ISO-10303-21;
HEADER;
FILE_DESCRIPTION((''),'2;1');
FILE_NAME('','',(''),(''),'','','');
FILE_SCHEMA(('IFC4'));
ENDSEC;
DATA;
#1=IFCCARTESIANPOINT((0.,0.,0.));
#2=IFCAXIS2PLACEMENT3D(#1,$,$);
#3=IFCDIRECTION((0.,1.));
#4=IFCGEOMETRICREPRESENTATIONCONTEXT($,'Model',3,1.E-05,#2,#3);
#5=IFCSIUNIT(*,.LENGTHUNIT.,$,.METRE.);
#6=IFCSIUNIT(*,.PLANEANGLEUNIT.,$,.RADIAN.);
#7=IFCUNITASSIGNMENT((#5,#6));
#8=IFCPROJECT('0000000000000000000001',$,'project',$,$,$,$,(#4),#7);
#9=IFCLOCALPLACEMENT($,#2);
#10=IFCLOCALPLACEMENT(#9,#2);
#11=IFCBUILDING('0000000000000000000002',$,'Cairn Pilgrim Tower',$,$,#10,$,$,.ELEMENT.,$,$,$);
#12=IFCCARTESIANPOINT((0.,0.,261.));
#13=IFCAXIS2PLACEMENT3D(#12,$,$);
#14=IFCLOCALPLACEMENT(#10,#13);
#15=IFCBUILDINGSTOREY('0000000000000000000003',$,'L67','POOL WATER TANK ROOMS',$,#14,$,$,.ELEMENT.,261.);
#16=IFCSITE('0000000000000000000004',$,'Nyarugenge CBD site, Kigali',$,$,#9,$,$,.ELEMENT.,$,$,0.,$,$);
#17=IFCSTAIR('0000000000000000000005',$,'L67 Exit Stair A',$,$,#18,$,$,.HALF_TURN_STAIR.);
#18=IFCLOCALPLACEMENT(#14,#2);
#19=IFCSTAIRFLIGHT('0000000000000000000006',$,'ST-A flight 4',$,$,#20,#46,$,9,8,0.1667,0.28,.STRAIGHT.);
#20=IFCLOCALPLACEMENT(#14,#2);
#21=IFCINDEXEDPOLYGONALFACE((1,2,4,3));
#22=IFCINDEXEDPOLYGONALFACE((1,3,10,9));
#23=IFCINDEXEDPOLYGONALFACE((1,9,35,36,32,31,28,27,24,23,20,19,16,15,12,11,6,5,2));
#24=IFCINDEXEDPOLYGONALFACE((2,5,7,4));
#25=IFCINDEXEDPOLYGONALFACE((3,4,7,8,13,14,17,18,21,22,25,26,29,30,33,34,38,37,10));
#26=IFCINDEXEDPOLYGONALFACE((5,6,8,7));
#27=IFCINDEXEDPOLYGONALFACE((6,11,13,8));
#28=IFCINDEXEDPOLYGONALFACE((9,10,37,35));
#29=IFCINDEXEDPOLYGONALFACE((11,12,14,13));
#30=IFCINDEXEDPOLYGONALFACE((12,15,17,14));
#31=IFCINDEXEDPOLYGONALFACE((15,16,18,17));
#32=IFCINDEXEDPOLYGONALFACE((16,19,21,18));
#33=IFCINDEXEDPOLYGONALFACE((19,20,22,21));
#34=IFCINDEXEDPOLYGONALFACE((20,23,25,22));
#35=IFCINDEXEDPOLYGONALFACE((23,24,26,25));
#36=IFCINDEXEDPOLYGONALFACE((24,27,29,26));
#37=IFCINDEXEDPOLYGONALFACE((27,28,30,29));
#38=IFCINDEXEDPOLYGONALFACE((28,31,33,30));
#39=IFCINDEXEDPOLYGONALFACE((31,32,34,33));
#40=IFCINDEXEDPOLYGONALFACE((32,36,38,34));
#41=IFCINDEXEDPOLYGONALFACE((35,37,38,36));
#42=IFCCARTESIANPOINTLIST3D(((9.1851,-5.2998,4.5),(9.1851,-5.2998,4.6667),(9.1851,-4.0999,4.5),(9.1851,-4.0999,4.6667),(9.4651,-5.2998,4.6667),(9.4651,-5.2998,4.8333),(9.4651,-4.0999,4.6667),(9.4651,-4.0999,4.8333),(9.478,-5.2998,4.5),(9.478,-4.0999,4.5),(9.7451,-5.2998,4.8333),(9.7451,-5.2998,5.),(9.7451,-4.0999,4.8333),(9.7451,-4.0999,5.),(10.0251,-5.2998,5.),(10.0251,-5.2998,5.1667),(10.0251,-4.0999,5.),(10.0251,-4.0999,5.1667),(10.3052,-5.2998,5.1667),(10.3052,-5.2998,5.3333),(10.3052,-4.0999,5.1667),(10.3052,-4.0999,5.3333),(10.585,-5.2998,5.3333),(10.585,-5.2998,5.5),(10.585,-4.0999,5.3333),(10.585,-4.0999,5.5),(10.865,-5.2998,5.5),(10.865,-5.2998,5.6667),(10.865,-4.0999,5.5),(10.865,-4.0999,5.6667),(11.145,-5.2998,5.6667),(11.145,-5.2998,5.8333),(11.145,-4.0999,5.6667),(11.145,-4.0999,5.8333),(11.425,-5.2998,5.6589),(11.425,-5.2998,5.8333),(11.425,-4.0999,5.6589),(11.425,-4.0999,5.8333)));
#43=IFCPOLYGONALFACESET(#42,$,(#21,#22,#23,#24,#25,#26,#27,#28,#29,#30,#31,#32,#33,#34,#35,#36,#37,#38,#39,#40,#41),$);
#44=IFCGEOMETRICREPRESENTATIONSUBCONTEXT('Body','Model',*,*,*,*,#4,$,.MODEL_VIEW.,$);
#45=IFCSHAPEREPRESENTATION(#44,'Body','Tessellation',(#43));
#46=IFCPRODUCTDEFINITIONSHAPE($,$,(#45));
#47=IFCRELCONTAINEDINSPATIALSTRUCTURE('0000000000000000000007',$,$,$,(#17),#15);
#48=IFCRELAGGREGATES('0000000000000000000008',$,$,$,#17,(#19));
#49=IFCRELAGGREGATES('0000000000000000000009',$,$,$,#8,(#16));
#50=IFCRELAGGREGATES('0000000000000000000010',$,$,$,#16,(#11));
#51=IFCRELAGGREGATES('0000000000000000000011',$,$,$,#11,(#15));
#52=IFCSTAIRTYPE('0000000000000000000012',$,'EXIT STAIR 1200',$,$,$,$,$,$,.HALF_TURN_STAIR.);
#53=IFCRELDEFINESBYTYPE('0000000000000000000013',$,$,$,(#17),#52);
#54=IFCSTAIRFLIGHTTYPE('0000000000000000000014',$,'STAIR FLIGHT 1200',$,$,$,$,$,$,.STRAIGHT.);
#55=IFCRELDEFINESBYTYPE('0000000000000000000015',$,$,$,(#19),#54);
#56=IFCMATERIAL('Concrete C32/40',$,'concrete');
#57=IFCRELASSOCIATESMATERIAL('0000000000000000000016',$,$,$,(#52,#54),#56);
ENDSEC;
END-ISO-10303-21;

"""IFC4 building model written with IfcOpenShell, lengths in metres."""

from ifc_helpers import new_model, si_unit, direction, frame, origin, place, context, subcontext, project, spatial, polyline, outline, extrude, material, type_object, element, aggregate, save


model = new_model("IFC4")

# Units and contexts
model_context = context("Model", 3, precision=1e-05, world=origin(), true_north=direction((0.0, 1.0)))
body_context = subcontext(model_context, "Body", "Model", "MODEL_VIEW")
ifc_project = project(units=[si_unit("LENGTHUNIT", "METRE"), si_unit("PLANEANGLEUNIT", "RADIAN")], contexts=[model_context])

# Site, building, storey
site_placement = place(None, origin())
site = spatial("IfcSite", under=ifc_project, at=site_placement, Name="Nyarugenge CBD site, Kigali", CompositionType="ELEMENT", RefElevation=0.0)
building_placement = place(site_placement, origin())
building = spatial("IfcBuilding", under=site, at=building_placement, Name="Cairn Pilgrim Tower", CompositionType="ELEMENT")
storey_placement = place(building_placement, frame((0.0, 0.0, 261.0)))
storey = spatial("IfcBuildingStorey", under=building, at=storey_placement, Name="L67", Description="POOL WATER TANK ROOMS", CompositionType="ELEMENT", Elevation=261.0)

# Shared definitions
ifc_material_1 = material(Name="Concrete C32/40", Category="concrete")

# Stair, stair flight
stair_type = type_object("IfcStairType", Name="EXIT STAIR 1200", PredefinedType="HALF_TURN_STAIR", material=ifc_material_1)
stair_placement = place(storey_placement, origin())
stair = element("IfcStair", 1, at=stair_placement, inside=storey, type_object=stair_type, Name="L67 Exit Stair A", PredefinedType="HALF_TURN_STAIR")
stair_flight_type = type_object("IfcStairFlightType", Name="STAIR FLIGHT 1200", PredefinedType="STRAIGHT", material=ifc_material_1)
stair_flight_1_placement = place(storey_placement, frame((9.1851, -4.7, 4.5), z_axis=(0.0, 0.0, 1.0), x_axis=(1.0, 0.0, 0.0)))
stair_flight_1 = element("IfcStairFlight", 2, at=stair_flight_1_placement, type_object=stair_flight_type, Name="ST-A flight 4", NumberOfRisers=9, NumberOfTreads=8, PredefinedType="STRAIGHT", RiserHeight=0.1667, TreadLength=0.28, context=body_context, shape_type="SweptSolid", body=[
    extrude(outline(polyline([(0.0, 0.0), (0.0, 0.1667), (0.28, 0.1667), (0.28, 0.3333), (0.5601, 0.3333), (0.5601, 0.5), (0.8401, 0.5), (0.8401, 0.6667), (1.1201, 0.6667), (1.1201, 0.8333), (1.3999, 0.8333), (1.3999, 1.0), (1.6799, 1.0), (1.6799, 1.1667), (1.96, 1.1667), (1.96, 1.3333), (2.24, 1.3333), (2.24, 1.5), (2.24, 1.1589), (0.293, 0.0), (0.0, 0.0)])), frame((0.0, 0.6001, 0.0), z_axis=(0.0, -1.0, 0.0), x_axis=(1.0, 0.0, 0.0)), (0.0, 0.0, 1.0), 1.2),
])
aggregate(stair, [stair_flight_1])

save(model, "model.ifc")
